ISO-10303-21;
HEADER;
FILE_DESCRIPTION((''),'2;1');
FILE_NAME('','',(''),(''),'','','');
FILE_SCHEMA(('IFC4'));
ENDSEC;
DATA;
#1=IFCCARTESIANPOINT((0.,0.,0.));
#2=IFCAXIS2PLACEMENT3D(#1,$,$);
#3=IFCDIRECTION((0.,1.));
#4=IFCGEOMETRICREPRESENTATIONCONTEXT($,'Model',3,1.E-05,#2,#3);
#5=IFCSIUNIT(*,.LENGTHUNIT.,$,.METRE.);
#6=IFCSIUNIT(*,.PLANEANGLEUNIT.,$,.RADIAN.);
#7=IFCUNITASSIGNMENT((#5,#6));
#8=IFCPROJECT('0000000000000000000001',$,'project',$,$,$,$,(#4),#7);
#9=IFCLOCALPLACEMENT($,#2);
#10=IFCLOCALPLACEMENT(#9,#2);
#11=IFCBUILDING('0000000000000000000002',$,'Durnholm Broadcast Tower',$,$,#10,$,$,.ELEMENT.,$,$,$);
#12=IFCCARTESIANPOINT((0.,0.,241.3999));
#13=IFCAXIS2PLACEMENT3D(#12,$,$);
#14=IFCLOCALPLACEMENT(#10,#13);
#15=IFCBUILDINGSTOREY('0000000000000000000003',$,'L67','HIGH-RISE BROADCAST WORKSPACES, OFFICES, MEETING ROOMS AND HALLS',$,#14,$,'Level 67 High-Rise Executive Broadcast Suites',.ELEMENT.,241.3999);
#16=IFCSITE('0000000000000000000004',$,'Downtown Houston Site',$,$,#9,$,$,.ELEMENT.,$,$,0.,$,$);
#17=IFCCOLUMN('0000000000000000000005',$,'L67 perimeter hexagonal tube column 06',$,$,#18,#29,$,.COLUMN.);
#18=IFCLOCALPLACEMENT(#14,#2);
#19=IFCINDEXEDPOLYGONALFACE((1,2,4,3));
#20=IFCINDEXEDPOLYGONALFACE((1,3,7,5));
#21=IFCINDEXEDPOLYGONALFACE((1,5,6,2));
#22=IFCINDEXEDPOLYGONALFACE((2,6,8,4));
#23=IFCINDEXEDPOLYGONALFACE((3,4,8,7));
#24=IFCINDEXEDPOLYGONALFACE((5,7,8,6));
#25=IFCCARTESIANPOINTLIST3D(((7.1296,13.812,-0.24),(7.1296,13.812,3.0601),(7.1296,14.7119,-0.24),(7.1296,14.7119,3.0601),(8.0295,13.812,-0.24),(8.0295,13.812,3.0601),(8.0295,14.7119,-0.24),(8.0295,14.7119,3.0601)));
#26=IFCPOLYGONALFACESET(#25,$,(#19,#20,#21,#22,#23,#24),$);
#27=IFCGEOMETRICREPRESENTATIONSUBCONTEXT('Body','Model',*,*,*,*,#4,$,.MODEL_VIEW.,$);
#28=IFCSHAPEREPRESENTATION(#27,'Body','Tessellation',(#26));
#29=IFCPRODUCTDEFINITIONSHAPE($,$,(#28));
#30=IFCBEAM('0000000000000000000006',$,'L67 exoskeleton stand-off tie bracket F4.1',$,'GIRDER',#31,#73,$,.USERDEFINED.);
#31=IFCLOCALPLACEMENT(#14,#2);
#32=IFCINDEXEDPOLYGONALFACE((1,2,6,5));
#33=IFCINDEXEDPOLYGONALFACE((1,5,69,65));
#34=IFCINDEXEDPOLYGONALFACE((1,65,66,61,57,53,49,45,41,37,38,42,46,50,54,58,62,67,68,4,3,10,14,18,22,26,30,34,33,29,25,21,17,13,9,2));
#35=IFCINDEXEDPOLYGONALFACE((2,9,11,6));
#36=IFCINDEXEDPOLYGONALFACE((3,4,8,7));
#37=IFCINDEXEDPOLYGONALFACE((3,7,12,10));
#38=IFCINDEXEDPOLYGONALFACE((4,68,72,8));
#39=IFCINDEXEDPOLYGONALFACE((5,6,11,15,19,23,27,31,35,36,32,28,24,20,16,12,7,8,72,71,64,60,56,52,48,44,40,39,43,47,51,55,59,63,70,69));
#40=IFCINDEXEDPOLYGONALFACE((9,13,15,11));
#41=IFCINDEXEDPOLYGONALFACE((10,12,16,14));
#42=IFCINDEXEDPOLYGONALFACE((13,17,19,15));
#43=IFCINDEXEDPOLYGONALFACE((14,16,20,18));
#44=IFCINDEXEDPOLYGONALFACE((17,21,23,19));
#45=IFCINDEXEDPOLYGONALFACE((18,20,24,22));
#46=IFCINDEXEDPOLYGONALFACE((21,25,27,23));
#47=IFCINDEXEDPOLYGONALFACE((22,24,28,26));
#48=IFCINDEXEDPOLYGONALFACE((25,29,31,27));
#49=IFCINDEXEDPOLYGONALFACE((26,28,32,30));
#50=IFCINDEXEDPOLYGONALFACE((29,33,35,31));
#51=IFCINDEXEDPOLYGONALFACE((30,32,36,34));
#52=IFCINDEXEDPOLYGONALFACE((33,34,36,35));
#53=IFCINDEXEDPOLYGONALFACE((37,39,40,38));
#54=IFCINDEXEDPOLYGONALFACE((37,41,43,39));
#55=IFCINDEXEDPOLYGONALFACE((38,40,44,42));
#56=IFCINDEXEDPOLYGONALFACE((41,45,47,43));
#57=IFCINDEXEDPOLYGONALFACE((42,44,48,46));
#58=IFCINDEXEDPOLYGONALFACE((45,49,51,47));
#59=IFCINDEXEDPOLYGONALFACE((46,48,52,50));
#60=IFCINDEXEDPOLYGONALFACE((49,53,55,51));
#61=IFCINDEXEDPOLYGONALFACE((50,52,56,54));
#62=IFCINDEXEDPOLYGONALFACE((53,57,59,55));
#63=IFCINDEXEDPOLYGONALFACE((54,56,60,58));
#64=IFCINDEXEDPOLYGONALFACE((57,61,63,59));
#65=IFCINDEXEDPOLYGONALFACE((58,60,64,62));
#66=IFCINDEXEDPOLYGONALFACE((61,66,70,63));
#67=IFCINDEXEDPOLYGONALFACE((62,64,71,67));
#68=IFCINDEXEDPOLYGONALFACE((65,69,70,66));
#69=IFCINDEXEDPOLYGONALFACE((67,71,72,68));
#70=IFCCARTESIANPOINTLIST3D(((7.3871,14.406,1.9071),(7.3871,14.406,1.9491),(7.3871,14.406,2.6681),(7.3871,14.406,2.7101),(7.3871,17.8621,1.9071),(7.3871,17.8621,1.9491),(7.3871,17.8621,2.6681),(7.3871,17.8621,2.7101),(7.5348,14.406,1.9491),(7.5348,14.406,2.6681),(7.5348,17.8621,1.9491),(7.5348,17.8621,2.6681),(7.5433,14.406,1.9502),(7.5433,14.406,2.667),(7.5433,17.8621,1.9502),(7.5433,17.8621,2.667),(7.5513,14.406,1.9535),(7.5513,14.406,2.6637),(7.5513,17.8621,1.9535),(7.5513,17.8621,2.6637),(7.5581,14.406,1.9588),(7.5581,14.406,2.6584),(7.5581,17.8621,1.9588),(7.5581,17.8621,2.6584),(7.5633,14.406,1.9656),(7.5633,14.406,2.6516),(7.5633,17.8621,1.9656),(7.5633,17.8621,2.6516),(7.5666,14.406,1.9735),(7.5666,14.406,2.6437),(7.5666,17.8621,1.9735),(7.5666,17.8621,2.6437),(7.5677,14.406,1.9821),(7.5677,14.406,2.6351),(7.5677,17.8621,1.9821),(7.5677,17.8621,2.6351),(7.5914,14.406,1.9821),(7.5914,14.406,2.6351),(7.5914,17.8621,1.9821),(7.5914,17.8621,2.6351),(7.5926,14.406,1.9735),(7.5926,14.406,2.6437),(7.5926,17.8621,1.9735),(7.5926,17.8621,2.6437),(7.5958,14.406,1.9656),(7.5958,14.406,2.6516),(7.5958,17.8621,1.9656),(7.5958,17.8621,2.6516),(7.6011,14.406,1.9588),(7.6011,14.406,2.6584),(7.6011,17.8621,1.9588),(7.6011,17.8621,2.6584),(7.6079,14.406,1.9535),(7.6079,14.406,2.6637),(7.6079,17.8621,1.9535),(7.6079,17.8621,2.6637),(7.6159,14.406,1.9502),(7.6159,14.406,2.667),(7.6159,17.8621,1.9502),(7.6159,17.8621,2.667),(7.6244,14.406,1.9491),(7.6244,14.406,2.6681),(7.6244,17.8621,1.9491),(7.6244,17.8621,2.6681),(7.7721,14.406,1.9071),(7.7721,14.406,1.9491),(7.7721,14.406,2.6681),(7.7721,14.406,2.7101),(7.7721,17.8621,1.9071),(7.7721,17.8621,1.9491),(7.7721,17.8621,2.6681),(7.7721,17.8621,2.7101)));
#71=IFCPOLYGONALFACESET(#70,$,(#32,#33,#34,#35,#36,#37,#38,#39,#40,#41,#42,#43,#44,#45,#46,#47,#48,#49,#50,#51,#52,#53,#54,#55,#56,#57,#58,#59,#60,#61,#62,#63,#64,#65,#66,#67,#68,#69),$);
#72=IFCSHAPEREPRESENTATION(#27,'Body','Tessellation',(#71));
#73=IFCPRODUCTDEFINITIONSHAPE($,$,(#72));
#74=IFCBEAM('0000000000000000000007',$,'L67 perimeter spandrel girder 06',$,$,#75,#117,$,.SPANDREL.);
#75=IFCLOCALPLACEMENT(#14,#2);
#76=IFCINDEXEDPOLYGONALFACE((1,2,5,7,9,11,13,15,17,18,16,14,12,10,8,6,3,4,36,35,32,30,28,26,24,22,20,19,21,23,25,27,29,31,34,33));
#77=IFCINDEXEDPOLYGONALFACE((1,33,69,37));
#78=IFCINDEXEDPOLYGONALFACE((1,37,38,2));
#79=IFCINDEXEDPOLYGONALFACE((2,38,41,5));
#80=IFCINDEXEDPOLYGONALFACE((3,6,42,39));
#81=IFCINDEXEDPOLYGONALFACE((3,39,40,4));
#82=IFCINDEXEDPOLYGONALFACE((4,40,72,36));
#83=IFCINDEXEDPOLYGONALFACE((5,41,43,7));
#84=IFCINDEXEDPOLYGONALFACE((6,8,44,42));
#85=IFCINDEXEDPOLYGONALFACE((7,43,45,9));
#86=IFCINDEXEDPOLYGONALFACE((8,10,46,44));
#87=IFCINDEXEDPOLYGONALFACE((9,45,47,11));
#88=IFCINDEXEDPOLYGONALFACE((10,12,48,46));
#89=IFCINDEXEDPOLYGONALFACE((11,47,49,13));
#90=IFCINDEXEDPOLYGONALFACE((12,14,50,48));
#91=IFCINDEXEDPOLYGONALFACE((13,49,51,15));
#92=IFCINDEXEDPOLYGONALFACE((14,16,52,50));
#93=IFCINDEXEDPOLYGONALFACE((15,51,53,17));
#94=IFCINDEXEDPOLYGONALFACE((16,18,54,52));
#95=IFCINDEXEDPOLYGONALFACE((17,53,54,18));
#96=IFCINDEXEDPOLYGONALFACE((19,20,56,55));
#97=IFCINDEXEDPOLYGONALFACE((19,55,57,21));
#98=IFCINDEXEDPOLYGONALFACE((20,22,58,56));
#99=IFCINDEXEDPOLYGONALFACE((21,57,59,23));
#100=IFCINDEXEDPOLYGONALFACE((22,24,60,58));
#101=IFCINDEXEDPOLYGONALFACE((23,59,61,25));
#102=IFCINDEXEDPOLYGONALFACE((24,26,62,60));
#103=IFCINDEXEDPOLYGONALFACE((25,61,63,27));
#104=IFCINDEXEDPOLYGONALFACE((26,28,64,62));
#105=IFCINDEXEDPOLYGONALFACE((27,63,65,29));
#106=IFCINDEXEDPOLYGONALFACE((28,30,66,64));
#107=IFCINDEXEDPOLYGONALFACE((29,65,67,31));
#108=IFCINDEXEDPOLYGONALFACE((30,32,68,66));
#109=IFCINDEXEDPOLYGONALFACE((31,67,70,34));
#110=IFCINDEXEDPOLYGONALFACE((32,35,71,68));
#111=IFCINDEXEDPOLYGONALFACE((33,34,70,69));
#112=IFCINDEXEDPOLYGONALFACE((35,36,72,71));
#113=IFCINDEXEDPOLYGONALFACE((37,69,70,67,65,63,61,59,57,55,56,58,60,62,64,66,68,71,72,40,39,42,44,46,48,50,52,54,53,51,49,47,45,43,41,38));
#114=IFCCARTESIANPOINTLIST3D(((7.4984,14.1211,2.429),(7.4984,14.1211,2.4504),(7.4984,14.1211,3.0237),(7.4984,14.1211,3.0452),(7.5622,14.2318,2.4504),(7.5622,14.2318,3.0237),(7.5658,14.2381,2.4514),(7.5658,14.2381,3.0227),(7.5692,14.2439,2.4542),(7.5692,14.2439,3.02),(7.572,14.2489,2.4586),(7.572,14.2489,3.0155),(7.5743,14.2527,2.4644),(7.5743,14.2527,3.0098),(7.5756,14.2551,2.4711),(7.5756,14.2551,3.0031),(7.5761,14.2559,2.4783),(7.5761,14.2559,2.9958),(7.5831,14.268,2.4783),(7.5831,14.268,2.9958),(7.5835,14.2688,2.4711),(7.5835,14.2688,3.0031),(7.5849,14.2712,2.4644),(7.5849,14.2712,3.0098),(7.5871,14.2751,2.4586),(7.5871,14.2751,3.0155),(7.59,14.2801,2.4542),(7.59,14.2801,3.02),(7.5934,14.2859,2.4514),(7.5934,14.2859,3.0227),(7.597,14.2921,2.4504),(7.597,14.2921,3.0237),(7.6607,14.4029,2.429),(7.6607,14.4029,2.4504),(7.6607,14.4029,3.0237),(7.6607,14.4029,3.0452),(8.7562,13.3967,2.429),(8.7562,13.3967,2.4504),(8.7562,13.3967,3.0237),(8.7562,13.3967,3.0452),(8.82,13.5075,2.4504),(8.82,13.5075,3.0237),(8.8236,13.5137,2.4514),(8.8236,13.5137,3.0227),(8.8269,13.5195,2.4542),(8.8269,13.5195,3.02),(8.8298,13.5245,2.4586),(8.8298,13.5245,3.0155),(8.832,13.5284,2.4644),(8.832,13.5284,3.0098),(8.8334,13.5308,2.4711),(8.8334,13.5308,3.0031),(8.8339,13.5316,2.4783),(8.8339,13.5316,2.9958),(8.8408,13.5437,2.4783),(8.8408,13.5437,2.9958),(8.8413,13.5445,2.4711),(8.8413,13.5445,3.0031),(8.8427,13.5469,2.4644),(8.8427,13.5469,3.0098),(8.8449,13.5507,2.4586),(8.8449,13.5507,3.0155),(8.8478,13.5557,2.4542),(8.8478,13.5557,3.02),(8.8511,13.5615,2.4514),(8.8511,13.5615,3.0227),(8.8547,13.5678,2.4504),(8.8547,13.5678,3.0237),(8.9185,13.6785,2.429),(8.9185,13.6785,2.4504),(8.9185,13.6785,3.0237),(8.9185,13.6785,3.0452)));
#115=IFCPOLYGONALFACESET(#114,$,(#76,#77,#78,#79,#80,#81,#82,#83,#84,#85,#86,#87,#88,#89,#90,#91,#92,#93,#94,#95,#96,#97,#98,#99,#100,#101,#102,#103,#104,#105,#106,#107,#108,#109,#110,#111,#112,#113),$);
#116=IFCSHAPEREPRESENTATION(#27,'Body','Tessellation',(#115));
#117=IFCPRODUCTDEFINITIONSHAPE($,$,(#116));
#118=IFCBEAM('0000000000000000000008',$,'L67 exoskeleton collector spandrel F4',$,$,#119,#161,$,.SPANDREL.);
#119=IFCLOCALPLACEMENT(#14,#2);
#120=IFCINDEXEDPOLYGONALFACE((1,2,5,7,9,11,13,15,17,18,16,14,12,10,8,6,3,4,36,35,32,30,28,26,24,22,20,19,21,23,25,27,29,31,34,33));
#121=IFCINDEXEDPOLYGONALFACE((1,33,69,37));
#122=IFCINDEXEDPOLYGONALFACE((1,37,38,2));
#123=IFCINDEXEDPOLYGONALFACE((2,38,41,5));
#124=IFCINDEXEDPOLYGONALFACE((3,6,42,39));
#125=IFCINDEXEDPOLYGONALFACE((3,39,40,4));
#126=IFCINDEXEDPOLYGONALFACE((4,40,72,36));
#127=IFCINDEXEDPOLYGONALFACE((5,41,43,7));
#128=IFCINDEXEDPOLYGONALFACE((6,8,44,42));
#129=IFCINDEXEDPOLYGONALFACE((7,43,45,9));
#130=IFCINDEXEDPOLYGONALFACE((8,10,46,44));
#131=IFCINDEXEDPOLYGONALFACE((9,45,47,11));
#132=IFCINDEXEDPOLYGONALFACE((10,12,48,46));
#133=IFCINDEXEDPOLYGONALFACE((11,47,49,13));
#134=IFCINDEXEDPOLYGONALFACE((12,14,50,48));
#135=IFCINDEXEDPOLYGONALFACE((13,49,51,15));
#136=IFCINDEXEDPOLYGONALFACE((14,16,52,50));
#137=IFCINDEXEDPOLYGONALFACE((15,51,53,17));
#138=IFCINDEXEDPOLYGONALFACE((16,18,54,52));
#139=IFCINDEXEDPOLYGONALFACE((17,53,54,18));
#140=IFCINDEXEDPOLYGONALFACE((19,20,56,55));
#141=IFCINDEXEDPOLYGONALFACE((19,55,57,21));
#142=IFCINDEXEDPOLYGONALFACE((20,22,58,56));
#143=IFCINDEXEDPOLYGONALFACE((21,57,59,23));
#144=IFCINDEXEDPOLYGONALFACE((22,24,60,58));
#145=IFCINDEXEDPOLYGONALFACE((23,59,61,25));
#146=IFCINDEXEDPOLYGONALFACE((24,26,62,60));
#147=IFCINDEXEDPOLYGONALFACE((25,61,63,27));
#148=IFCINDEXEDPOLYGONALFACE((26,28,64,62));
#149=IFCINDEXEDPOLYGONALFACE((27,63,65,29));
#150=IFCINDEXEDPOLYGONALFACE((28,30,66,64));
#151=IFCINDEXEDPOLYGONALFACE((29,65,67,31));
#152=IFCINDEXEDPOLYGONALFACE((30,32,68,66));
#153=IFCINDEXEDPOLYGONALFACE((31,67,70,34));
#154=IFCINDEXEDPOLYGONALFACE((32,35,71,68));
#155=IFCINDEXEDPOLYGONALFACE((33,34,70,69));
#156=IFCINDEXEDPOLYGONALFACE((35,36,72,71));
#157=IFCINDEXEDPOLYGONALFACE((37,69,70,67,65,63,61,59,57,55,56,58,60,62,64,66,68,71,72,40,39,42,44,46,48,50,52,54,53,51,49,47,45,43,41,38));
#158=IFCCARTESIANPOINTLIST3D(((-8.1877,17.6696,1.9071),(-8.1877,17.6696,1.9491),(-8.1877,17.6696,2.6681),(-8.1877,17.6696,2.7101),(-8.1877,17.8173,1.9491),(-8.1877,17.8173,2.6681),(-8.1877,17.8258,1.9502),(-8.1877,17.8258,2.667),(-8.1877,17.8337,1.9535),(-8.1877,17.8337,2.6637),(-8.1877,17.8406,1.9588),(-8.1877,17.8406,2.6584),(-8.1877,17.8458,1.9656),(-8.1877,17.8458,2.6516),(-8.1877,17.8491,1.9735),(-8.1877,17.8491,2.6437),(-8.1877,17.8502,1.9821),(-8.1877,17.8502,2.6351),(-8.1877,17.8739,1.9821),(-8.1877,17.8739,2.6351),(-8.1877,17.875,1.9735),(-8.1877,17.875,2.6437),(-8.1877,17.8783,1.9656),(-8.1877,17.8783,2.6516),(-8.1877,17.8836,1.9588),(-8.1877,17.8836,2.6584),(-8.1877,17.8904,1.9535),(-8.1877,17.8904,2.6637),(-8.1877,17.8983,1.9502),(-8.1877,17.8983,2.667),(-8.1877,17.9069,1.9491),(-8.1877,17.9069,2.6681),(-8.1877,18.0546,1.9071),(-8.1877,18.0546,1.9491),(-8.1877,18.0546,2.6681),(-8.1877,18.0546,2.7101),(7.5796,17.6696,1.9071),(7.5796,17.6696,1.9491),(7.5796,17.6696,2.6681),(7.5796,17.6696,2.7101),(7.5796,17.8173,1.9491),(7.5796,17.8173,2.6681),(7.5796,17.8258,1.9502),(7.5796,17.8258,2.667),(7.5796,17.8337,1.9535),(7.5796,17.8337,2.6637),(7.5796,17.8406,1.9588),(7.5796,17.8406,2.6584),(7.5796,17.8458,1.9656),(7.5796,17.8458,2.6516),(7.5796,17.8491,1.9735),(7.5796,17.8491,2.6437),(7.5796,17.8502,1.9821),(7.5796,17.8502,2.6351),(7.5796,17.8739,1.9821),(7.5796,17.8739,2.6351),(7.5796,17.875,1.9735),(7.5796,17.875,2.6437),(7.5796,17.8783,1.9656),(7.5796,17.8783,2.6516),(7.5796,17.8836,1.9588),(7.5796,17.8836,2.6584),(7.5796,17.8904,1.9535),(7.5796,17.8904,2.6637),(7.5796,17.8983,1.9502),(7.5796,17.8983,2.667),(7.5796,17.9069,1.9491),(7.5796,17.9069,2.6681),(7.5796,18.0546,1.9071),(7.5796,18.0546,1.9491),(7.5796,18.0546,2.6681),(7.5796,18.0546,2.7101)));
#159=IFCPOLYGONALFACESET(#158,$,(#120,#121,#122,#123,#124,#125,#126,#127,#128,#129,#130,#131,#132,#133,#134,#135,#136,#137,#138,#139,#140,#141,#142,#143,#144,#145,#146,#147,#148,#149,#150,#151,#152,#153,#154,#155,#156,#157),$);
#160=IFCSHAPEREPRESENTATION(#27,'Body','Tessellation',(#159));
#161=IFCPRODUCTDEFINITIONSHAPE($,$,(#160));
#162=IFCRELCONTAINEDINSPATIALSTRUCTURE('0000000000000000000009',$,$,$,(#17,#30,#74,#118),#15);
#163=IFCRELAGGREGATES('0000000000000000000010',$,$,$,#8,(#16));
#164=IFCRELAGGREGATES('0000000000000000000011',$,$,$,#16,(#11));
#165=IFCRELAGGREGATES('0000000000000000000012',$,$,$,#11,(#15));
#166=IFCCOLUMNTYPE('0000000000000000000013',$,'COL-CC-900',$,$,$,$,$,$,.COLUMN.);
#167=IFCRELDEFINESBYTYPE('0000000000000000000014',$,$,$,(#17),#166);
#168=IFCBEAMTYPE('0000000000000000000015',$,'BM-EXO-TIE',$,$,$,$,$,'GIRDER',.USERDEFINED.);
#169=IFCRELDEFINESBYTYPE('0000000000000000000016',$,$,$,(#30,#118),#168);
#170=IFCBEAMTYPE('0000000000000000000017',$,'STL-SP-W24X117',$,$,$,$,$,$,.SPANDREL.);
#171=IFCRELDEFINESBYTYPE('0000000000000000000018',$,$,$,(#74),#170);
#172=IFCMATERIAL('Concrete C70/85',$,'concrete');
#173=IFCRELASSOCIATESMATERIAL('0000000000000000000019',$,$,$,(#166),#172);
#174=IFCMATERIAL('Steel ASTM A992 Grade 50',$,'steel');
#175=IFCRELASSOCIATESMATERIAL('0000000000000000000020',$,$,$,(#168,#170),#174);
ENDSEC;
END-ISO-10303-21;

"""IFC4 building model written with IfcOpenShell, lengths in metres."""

from ifc_helpers import new_model, si_unit, direction, frame, origin, origin_2d, place, context, subcontext, project, spatial, rectangle, i_section, extrude, source, transform, mapped, material, material_profile, profile_set, type_object, type_shapes, element, save


model = new_model("IFC4")

# Units and contexts
model_context = context("Model", 3, precision=1e-05, world=origin(), true_north=direction((0.0, 1.0)))
body_context = subcontext(model_context, "Body", "Model", "MODEL_VIEW")
ifc_project = project(units=[si_unit("LENGTHUNIT", "METRE"), si_unit("PLANEANGLEUNIT", "RADIAN")], contexts=[model_context])

# Site, building, storey
site_placement = place(None, origin())
site = spatial("IfcSite", under=ifc_project, at=site_placement, Name="Downtown Houston Site", CompositionType="ELEMENT", RefElevation=0.0)
building_placement = place(site_placement, origin())
building = spatial("IfcBuilding", under=site, at=building_placement, Name="Durnholm Broadcast Tower", CompositionType="ELEMENT")
storey_placement = place(building_placement, frame((0.0, 0.0, 241.3999)))
storey = spatial("IfcBuildingStorey", under=building, at=storey_placement, Name="L67", Description="HIGH-RISE BROADCAST WORKSPACES, OFFICES, MEETING ROOMS AND HALLS", LongName="Level 67 High-Rise Executive Broadcast Suites", CompositionType="ELEMENT", Elevation=241.3999)

# Column
ifc_material_1 = material(Name="Concrete C70/85", Category="concrete")
ifc_material_profile_1 = material_profile(ifc_material_1, rectangle(XDim=0.8999, YDim=0.8999, at=origin_2d()), Name="RC900X900")
ifc_profile_set_1 = profile_set([ifc_material_profile_1], Name="Concrete C70/85")
column_type = type_object("IfcColumnType", Name="COL-CC-900", PredefinedType="COLUMN", material=ifc_profile_set_1)
shared_shape_1 = source(origin(), body_context, "Body", "SweptSolid", [
    extrude(rectangle(XDim=0.8999, YDim=0.8999, at=origin_2d()), origin(), (0.0, 0.0, 1.0), 3.3),
])
type_shapes(column_type, [shared_shape_1])
column_placement = place(storey_placement, frame((7.5796, 14.262, -0.24), z_axis=(0.0, 0.0, 1.0), x_axis=(1.0, 0.0, 0.0)))
element("IfcColumn", 1, at=column_placement, inside=storey, type_object=column_type, Name="L67 perimeter hexagonal tube column 06", PredefinedType="COLUMN", context=body_context, shape_type="MappedRepresentation", body=[
    mapped(shared_shape_1, transform((0.0, 0.0, 0.0), x_axis=(1.0, 0.0, 0.0), y_axis=(0.0, 1.0, 0.0), z_axis=(0.0, 0.0, 1.0), scale=1.0)),
])

# Beams
ifc_material_2 = material(Name="Steel ASTM A992 Grade 50", Category="steel")
ifc_material_profile_2 = material_profile(ifc_material_2, i_section(OverallWidth=0.385, OverallDepth=0.803, WebThickness=0.0237, FlangeThickness=0.042, FilletRadius=0.033, at=origin_2d()), Name="W30X261")
ifc_profile_set_2 = profile_set([ifc_material_profile_2], Name="Steel ASTM A992 Grade 50")
beam_type_1 = type_object("IfcBeamType", Name="BM-EXO-TIE", ElementType="GIRDER", PredefinedType="USERDEFINED", material=ifc_profile_set_2)
shared_shape_2 = source(origin(), body_context, "Body", "SweptSolid", [
    extrude(i_section(OverallWidth=0.385, OverallDepth=0.803, WebThickness=0.0237, FlangeThickness=0.042, FilletRadius=0.033, at=origin_2d()), origin(), (0.0, 0.0, 1.0), 3.4561),
])
beam_1_placement = place(storey_placement, frame((7.5796, 14.406, 2.3086), z_axis=(0.0, 1.0, 0.0), x_axis=(-1.0, 0.0, 0.0)))
element("IfcBeam", 2, at=beam_1_placement, inside=storey, type_object=beam_type_1, Name="L67 exoskeleton stand-off tie bracket F4.1", ObjectType="GIRDER", PredefinedType="USERDEFINED", context=body_context, shape_type="MappedRepresentation", body=[
    mapped(shared_shape_2, transform((0.0, 0.0, 0.0), x_axis=(1.0, 0.0, 0.0), y_axis=(0.0, 1.0, 0.0), z_axis=(0.0, 0.0, 1.0), scale=1.0)),
])
ifc_material_profile_3 = material_profile(ifc_material_2, i_section(OverallWidth=0.3252, OverallDepth=0.6162, WebThickness=0.0139, FlangeThickness=0.0215, FilletRadius=0.0278, at=origin_2d()), Name="W24X117")
ifc_profile_set_3 = profile_set([ifc_material_profile_3], Name="Steel ASTM A992 Grade 50")
beam_type_2 = type_object("IfcBeamType", Name="STL-SP-W24X117", PredefinedType="SPANDREL", material=ifc_profile_set_3)
shared_shape_3 = source(origin(), body_context, "Body", "SweptSolid", [
    extrude(i_section(OverallWidth=0.3252, OverallDepth=0.6162, WebThickness=0.0139, FlangeThickness=0.0215, FilletRadius=0.0278, at=origin_2d()), origin(), (0.0, 0.0, 1.0), 1.4514),
])
type_shapes(beam_type_2, [shared_shape_3])
beam_2_placement = place(storey_placement, frame((7.5796, 14.262, 2.7371), z_axis=(0.866572, -0.499052, 0.0), x_axis=(0.499052, 0.866572, 0.0)))
element("IfcBeam", 3, at=beam_2_placement, inside=storey, type_object=beam_type_2, Name="L67 perimeter spandrel girder 06", PredefinedType="SPANDREL", context=body_context, shape_type="MappedRepresentation", body=[
    mapped(shared_shape_3, transform((0.0, 0.0, 0.0), x_axis=(1.0, 0.0, 0.0), y_axis=(0.0, 1.0, 0.0), z_axis=(0.0, 0.0, 1.0), scale=1.0)),
])
shared_shape_4 = source(origin(), body_context, "Body", "SweptSolid", [
    extrude(i_section(OverallWidth=0.385, OverallDepth=0.803, WebThickness=0.0237, FlangeThickness=0.042, FilletRadius=0.033, at=origin_2d()), origin(), (0.0, 0.0, 1.0), 15.7673),
])
type_shapes(beam_type_1, [shared_shape_2, shared_shape_4])
beam_3_placement = place(storey_placement, frame((7.5796, 17.8621, 2.3086), z_axis=(-1.0, 0.0, 0.0), x_axis=(0.0, -1.0, 0.0)))
element("IfcBeam", 4, at=beam_3_placement, inside=storey, type_object=beam_type_1, Name="L67 exoskeleton collector spandrel F4", PredefinedType="SPANDREL", context=body_context, shape_type="MappedRepresentation", body=[
    mapped(shared_shape_4, transform((0.0, 0.0, 0.0), x_axis=(1.0, 0.0, 0.0), y_axis=(0.0, 1.0, 0.0), z_axis=(0.0, 0.0, 1.0), scale=1.0)),
])

save(model, "model.ifc")
